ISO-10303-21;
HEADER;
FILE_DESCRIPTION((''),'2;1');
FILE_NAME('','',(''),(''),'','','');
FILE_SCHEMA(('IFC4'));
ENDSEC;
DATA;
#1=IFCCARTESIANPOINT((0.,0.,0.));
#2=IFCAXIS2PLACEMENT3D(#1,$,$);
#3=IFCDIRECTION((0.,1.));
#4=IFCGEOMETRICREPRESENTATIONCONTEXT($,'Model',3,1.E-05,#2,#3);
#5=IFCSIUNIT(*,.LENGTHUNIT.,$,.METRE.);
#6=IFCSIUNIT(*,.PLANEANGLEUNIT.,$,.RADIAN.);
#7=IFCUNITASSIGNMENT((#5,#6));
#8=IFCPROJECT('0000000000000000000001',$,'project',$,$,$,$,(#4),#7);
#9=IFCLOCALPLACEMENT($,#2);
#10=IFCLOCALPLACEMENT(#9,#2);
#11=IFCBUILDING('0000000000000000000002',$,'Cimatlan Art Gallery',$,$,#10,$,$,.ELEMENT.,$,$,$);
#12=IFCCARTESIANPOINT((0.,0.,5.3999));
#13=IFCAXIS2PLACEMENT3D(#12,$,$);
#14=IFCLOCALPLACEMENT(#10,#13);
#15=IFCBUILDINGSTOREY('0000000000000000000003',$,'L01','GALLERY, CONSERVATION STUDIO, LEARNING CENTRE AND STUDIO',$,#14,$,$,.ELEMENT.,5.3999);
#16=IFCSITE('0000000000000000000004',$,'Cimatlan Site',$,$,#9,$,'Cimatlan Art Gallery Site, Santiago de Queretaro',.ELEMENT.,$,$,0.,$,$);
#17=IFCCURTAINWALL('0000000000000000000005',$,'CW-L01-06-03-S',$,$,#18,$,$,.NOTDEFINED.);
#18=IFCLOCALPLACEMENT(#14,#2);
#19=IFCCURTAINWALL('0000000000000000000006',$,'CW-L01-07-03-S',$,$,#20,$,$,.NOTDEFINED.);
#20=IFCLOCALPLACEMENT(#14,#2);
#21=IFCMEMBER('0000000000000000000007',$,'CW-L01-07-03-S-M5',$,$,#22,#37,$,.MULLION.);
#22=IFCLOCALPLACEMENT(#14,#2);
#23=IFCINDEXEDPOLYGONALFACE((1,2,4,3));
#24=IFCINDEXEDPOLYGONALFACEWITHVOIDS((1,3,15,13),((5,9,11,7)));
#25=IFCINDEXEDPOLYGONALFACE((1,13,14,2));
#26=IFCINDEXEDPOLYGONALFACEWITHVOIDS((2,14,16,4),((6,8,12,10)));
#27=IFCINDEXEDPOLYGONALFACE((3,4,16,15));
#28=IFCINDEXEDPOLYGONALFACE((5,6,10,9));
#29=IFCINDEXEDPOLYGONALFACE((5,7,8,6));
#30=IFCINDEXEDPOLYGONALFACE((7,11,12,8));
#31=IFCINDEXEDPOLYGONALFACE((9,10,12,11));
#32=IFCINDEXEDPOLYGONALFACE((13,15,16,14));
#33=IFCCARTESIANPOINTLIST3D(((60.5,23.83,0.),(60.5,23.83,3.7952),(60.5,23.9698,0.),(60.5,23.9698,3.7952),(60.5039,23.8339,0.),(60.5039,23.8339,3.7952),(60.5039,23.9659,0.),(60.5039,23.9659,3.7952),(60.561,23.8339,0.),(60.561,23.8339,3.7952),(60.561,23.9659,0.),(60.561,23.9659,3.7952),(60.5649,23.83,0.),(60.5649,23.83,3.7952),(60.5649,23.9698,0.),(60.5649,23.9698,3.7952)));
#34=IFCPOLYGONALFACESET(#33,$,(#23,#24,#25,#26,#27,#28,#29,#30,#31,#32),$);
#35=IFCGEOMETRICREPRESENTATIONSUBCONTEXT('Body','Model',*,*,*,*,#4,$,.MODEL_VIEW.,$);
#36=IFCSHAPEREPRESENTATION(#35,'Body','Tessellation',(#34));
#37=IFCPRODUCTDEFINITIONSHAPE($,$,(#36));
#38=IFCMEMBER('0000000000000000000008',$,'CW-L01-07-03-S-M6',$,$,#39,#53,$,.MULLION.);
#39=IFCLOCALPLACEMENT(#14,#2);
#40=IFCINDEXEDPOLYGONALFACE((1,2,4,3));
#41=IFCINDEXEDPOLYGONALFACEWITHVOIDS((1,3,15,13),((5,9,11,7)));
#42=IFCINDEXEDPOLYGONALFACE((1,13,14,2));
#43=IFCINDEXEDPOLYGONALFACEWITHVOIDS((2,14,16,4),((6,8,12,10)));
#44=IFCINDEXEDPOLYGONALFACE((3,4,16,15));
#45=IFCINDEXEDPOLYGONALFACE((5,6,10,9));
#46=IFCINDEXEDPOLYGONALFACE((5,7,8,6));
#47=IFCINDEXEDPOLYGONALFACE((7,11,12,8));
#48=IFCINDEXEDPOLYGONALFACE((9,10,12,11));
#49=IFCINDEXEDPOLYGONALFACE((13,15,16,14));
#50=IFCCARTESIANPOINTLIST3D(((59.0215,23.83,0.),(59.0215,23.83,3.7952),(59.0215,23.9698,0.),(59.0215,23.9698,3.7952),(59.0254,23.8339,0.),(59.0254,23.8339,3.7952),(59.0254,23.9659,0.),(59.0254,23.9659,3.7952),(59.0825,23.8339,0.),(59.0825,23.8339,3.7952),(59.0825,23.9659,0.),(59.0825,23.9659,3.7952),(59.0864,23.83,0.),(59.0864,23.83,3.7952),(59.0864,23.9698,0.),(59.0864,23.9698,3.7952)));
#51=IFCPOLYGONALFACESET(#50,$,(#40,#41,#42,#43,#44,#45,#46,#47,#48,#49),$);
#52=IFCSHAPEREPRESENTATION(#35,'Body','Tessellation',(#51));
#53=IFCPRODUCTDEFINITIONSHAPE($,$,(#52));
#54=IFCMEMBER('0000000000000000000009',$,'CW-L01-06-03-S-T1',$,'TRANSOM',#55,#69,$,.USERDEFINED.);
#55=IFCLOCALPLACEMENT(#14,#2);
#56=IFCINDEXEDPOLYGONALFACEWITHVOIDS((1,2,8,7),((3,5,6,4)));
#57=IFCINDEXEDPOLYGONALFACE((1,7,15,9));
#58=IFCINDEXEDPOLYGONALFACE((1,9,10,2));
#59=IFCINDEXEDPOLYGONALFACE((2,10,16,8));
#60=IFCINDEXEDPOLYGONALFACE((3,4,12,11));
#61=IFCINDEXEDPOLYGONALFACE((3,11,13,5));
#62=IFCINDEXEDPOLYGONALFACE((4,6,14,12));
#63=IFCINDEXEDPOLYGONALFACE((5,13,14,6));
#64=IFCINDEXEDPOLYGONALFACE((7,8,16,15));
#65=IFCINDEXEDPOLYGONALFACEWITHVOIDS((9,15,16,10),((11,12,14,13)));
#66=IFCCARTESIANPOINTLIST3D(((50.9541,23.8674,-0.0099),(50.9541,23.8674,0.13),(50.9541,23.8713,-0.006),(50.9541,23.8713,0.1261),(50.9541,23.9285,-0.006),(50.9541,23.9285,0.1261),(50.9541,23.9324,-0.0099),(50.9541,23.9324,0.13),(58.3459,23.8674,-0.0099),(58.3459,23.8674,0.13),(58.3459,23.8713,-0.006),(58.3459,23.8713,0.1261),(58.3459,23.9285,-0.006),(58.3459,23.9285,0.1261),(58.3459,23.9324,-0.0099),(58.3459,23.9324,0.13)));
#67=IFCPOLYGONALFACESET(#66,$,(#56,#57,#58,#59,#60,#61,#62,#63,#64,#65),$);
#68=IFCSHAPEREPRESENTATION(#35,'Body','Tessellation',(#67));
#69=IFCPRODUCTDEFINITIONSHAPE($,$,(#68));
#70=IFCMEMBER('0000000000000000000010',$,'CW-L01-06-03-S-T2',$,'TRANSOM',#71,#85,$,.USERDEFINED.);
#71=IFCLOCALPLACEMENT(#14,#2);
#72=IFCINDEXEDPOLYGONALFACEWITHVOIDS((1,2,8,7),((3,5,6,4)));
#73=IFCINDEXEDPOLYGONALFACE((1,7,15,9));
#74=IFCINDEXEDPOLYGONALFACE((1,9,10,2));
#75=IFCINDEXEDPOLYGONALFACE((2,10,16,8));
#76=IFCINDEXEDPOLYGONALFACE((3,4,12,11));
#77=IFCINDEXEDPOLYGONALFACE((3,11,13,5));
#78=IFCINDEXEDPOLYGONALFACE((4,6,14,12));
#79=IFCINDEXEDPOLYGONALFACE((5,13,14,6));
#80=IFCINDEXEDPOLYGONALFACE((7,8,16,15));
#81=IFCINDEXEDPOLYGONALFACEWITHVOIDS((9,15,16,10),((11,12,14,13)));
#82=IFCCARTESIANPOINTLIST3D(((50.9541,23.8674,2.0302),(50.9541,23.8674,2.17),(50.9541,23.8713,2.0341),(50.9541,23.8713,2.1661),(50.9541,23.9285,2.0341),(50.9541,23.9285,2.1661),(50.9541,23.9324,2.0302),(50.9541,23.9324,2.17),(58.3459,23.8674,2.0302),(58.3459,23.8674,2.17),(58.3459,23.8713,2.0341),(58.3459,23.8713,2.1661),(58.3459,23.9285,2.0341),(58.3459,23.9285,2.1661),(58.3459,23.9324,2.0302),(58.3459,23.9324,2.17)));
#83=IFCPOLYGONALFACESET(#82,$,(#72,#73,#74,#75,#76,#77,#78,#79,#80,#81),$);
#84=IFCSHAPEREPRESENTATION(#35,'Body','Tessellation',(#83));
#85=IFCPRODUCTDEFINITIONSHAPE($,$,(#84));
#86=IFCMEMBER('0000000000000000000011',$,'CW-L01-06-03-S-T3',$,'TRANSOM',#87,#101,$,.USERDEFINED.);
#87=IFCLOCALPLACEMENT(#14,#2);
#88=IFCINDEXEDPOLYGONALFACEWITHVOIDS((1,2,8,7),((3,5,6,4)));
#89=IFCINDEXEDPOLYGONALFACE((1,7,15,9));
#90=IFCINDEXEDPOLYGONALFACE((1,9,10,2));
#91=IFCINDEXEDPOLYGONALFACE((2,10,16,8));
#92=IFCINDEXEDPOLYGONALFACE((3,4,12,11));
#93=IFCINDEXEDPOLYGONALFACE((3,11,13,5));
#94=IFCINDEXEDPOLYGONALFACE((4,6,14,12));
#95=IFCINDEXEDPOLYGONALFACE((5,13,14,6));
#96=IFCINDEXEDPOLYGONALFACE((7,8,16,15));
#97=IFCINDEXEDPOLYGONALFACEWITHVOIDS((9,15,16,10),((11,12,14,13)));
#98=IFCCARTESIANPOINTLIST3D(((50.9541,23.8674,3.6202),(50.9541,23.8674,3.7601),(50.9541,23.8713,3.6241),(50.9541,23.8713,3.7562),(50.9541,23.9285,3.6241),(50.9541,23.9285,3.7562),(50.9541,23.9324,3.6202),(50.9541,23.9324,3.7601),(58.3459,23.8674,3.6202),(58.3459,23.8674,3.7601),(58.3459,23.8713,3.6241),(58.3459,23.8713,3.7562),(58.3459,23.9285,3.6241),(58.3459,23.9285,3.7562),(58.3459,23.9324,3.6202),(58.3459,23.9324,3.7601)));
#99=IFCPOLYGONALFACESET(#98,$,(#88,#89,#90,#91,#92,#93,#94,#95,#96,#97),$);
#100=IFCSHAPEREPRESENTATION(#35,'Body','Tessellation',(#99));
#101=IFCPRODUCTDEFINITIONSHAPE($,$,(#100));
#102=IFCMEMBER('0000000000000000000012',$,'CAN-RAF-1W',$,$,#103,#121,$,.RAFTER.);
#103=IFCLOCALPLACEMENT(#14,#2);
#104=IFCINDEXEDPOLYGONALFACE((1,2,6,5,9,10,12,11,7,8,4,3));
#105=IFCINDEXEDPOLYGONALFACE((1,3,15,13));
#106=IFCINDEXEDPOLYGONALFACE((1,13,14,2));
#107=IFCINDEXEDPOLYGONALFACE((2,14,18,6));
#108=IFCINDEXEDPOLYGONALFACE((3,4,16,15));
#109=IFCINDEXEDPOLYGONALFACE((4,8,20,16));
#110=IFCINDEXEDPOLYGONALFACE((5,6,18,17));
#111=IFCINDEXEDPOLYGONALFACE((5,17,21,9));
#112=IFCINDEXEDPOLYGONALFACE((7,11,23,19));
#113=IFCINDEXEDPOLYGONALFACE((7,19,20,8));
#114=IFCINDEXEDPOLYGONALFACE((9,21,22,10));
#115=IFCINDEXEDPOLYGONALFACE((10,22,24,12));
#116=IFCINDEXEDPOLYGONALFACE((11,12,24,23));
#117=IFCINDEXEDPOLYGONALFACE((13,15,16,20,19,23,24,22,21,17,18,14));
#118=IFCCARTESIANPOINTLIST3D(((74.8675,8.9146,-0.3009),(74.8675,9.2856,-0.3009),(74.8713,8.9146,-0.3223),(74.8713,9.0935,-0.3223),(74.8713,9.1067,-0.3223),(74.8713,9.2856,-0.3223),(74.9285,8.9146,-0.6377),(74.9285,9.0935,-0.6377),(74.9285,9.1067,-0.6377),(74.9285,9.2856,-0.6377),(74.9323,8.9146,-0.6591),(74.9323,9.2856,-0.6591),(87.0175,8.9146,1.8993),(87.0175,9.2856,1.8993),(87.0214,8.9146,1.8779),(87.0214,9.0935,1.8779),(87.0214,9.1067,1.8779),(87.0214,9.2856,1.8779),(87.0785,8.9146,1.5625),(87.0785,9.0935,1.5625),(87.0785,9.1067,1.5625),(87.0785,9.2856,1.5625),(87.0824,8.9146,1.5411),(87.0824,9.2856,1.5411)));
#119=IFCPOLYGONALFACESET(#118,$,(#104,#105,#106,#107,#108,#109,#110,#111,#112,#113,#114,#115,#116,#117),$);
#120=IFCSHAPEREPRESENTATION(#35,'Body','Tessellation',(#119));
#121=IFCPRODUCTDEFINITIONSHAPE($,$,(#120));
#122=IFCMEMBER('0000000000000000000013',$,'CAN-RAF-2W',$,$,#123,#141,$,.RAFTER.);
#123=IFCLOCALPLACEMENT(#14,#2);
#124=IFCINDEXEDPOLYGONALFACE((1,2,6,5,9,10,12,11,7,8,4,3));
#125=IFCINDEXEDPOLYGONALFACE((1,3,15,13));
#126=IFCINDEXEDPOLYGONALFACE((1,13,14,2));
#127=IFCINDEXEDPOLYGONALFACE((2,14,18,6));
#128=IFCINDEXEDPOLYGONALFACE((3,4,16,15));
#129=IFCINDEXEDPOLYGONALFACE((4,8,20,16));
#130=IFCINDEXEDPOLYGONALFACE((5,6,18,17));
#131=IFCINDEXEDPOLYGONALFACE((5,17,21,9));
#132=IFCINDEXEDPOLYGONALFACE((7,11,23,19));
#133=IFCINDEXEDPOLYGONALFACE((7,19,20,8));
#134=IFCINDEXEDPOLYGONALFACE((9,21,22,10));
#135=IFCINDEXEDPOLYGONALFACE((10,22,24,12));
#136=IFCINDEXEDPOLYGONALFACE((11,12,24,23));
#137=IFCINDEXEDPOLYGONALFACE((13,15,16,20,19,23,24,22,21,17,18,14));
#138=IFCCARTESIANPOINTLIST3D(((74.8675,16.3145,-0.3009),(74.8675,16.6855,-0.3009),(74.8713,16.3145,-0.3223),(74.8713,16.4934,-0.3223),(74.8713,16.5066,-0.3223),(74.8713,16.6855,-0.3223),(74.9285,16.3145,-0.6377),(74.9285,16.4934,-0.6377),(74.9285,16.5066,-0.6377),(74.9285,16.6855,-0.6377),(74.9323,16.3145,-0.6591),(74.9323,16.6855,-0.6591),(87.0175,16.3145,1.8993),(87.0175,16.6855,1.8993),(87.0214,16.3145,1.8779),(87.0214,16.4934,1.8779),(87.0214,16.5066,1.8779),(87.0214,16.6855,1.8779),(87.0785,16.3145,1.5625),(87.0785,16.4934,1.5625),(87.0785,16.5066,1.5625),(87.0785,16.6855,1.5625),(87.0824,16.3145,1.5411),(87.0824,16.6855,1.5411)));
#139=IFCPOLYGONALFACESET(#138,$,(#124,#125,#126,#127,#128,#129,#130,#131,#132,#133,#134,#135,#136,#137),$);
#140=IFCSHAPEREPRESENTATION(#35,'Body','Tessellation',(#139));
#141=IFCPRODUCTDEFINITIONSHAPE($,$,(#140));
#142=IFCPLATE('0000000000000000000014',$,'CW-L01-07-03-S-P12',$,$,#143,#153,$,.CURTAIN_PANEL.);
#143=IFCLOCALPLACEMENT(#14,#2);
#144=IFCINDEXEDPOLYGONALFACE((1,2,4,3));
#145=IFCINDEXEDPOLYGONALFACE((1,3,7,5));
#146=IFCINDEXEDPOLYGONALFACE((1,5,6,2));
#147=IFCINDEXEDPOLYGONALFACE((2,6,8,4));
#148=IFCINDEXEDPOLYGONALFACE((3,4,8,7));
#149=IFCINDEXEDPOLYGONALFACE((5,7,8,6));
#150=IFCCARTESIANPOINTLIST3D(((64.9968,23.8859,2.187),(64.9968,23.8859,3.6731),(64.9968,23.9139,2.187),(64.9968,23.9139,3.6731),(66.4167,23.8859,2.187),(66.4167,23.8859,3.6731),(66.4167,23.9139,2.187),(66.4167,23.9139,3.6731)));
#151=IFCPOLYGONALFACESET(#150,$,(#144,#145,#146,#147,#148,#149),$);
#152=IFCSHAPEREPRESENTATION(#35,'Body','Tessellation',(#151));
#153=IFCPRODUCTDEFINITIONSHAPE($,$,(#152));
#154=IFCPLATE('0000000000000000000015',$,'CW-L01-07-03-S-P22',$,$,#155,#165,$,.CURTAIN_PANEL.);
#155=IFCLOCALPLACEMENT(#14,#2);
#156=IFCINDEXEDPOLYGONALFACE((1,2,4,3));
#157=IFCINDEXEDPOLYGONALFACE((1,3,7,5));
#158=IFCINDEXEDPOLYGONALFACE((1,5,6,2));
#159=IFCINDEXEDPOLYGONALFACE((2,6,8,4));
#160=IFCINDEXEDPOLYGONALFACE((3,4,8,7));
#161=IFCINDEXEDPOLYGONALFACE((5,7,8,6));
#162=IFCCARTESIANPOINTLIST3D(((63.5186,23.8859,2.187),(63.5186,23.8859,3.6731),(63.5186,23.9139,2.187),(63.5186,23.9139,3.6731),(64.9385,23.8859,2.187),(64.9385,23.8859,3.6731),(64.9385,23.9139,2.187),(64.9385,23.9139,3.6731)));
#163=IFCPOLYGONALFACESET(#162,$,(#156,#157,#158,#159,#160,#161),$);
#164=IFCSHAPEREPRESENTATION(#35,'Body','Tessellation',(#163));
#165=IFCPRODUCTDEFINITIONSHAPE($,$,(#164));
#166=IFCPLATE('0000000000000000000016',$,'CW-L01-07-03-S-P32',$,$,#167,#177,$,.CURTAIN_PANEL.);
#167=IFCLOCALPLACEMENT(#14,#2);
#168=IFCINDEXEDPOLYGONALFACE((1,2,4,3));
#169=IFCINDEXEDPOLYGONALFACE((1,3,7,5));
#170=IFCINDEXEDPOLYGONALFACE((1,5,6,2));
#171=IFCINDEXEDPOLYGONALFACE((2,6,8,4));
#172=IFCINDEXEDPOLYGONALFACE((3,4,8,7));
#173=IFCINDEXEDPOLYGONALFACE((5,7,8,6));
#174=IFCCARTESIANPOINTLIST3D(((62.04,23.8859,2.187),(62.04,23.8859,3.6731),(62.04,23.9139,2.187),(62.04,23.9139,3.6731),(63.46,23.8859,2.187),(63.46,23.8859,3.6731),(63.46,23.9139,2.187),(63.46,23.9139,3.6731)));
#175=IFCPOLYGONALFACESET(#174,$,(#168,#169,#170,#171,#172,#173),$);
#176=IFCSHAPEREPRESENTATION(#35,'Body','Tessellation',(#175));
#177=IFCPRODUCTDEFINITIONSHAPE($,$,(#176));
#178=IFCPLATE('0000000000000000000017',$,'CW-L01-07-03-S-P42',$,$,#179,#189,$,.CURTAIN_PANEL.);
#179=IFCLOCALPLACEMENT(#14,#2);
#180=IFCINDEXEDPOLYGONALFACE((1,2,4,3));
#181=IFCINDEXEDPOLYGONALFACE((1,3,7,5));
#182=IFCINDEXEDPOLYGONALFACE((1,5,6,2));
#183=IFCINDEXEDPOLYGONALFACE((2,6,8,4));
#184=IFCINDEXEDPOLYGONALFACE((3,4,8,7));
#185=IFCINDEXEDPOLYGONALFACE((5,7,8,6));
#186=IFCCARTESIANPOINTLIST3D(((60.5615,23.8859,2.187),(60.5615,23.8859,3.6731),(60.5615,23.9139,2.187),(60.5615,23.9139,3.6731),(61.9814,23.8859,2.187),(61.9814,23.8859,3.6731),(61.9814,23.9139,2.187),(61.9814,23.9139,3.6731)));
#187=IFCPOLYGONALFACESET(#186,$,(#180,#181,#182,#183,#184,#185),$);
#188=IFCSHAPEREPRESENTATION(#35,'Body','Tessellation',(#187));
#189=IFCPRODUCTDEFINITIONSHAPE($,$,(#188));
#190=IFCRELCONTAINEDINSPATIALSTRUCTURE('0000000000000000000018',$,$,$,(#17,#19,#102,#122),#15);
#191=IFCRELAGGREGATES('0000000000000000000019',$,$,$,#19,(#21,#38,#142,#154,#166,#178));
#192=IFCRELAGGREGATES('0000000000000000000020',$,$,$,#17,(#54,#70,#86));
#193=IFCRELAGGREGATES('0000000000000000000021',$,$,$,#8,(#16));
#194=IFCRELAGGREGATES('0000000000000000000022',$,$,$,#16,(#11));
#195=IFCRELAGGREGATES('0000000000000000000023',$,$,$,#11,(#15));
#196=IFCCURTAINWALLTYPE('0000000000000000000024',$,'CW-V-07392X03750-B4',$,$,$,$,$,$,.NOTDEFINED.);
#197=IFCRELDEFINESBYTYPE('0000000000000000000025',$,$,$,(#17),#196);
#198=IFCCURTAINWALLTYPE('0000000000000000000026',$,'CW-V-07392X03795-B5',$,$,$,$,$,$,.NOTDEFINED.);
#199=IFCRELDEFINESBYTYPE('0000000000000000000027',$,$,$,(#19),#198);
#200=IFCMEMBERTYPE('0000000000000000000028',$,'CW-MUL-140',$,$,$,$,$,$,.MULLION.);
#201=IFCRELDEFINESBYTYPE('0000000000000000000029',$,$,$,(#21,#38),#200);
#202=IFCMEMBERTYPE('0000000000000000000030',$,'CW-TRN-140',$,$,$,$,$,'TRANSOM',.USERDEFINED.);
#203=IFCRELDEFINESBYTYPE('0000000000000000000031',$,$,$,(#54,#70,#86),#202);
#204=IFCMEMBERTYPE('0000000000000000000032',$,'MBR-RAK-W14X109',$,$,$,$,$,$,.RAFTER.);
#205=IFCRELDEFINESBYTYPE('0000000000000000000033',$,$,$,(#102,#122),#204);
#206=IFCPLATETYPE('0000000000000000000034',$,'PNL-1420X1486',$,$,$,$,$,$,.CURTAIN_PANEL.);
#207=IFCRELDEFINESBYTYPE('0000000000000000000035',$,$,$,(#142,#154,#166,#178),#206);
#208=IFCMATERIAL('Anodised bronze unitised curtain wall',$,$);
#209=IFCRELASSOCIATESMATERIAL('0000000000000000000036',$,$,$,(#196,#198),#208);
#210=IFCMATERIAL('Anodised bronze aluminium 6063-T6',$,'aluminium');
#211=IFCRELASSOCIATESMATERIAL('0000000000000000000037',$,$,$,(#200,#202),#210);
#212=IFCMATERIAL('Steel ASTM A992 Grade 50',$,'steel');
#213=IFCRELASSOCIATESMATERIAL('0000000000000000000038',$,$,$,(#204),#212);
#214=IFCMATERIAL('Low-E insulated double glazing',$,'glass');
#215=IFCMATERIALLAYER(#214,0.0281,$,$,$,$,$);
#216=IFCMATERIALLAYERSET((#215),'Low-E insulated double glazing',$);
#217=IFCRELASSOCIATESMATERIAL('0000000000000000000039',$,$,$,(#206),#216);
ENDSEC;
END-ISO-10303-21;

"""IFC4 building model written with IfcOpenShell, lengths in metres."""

from ifc_helpers import new_model, si_unit, direction, frame, origin, origin_2d, place, context, subcontext, project, spatial, rectangle, hollow_rectangle, i_section, extrude, material, layer, layer_set, material_profile, profile_set, type_object, element, aggregate, save


model = new_model("IFC4")

# Units and contexts
model_context = context("Model", 3, precision=1e-05, world=origin(), true_north=direction((0.0, 1.0)))
body_context = subcontext(model_context, "Body", "Model", "MODEL_VIEW")
ifc_project = project(units=[si_unit("LENGTHUNIT", "METRE"), si_unit("PLANEANGLEUNIT", "RADIAN")], contexts=[model_context])

# Site, building, storey
site_placement = place(None, origin())
site = spatial("IfcSite", under=ifc_project, at=site_placement, Name="Cimatlan Site", LongName="Cimatlan Art Gallery Site, Santiago de Queretaro", CompositionType="ELEMENT", RefElevation=0.0)
building_placement = place(site_placement, origin())
building = spatial("IfcBuilding", under=site, at=building_placement, Name="Cimatlan Art Gallery", CompositionType="ELEMENT")
storey_placement = place(building_placement, frame((0.0, 0.0, 5.3999)))
storey = spatial("IfcBuildingStorey", under=building, at=storey_placement, Name="L01", Description="GALLERY, CONSERVATION STUDIO, LEARNING CENTRE AND STUDIO", CompositionType="ELEMENT", Elevation=5.3999)

# Curtain walls, members
ifc_material_1 = material(Name="Anodised bronze unitised curtain wall")
curtain_wall_type_1 = type_object("IfcCurtainWallType", Name="CW-V-07392X03750-B4", PredefinedType="NOTDEFINED", material=ifc_material_1)
curtain_wall_1_placement = place(storey_placement, origin())
curtain_wall_1 = element("IfcCurtainWall", 1, at=curtain_wall_1_placement, inside=storey, type_object=curtain_wall_type_1, Name="CW-L01-06-03-S", PredefinedType="NOTDEFINED")
ifc_material_2 = material(Name="Anodised bronze aluminium 6063-T6", Category="aluminium")
ifc_material_profile_1 = material_profile(ifc_material_2, hollow_rectangle(XDim=0.0649, YDim=0.1399, WallThickness=0.0039, at=origin_2d()), Name="ALU65X140X4")
ifc_profile_set_1 = profile_set([ifc_material_profile_1], Name="Anodised bronze aluminium 6063-T6")
member_type_1 = type_object("IfcMemberType", Name="CW-MUL-140", PredefinedType="MULLION", material=ifc_profile_set_1)
curtain_wall_type_2 = type_object("IfcCurtainWallType", Name="CW-V-07392X03795-B5", PredefinedType="NOTDEFINED", material=ifc_material_1)
curtain_wall_2_placement = place(storey_placement, origin())
curtain_wall_2 = element("IfcCurtainWall", 2, at=curtain_wall_2_placement, inside=storey, type_object=curtain_wall_type_2, Name="CW-L01-07-03-S", PredefinedType="NOTDEFINED")
member_1_placement = place(storey_placement, frame((60.5325, 23.8999, 0.0), z_axis=(0.0, 0.0, 1.0), x_axis=(1.0, 0.0, 0.0)))
member_1 = element("IfcMember", 3, at=member_1_placement, type_object=member_type_1, Name="CW-L01-07-03-S-M5", PredefinedType="MULLION", context=body_context, shape_type="SweptSolid", body=[
    extrude(hollow_rectangle(XDim=0.0649, YDim=0.1399, WallThickness=0.0039, at=origin_2d()), origin(), (0.0, 0.0, 1.0), 3.7952),
])
member_2_placement = place(storey_placement, frame((59.054, 23.8999, 0.0), z_axis=(0.0, 0.0, 1.0), x_axis=(1.0, 0.0, 0.0)))
member_2 = element("IfcMember", 4, at=member_2_placement, type_object=member_type_1, Name="CW-L01-07-03-S-M6", PredefinedType="MULLION", context=body_context, shape_type="SweptSolid", body=[
    extrude(hollow_rectangle(XDim=0.0649, YDim=0.1399, WallThickness=0.0039, at=origin_2d()), origin(), (0.0, 0.0, 1.0), 3.7952),
])

# Members
ifc_material_profile_2 = material_profile(ifc_material_2, hollow_rectangle(XDim=0.0649, YDim=0.1399, WallThickness=0.0039, at=origin_2d()), Name="ALU65X140X4")
ifc_profile_set_2 = profile_set([ifc_material_profile_2], Name="Anodised bronze aluminium 6063-T6")
member_type_2 = type_object("IfcMemberType", Name="CW-TRN-140", ElementType="TRANSOM", PredefinedType="USERDEFINED", material=ifc_profile_set_2)
member_3_placement = place(storey_placement, frame((58.3459, 23.8999, 0.0601), z_axis=(-1.0, 0.0, 0.0), x_axis=(0.0, -1.0, 0.0)))
member_3 = element("IfcMember", 5, at=member_3_placement, type_object=member_type_2, Name="CW-L01-06-03-S-T1", ObjectType="TRANSOM", PredefinedType="USERDEFINED", context=body_context, shape_type="SweptSolid", body=[
    extrude(hollow_rectangle(XDim=0.0649, YDim=0.1399, WallThickness=0.0039, at=origin_2d()), origin(), (0.0, 0.0, 1.0), 7.3918),
])
member_4_placement = place(storey_placement, frame((58.3459, 23.8999, 2.1001), z_axis=(-1.0, 0.0, 0.0), x_axis=(0.0, -1.0, 0.0)))
member_4 = element("IfcMember", 6, at=member_4_placement, type_object=member_type_2, Name="CW-L01-06-03-S-T2", ObjectType="TRANSOM", PredefinedType="USERDEFINED", context=body_context, shape_type="SweptSolid", body=[
    extrude(hollow_rectangle(XDim=0.0649, YDim=0.1399, WallThickness=0.0039, at=origin_2d()), origin(), (0.0, 0.0, 1.0), 7.3918),
])
member_5_placement = place(storey_placement, frame((58.3459, 23.8999, 3.6902), z_axis=(-1.0, 0.0, 0.0), x_axis=(0.0, -1.0, 0.0)))
member_5 = element("IfcMember", 7, at=member_5_placement, type_object=member_type_2, Name="CW-L01-06-03-S-T3", ObjectType="TRANSOM", PredefinedType="USERDEFINED", context=body_context, shape_type="SweptSolid", body=[
    extrude(hollow_rectangle(XDim=0.0649, YDim=0.1399, WallThickness=0.0039, at=origin_2d()), origin(), (0.0, 0.0, 1.0), 7.3918),
])

# Members
ifc_material_3 = material(Name="Steel ASTM A992 Grade 50", Category="steel")
ifc_material_profile_3 = material_profile(ifc_material_3, i_section(OverallWidth=0.3711, OverallDepth=0.364, WebThickness=0.0132, FlangeThickness=0.0217, at=origin_2d()), Name="W14X109")
ifc_profile_set_3 = profile_set([ifc_material_profile_3], Name="Steel ASTM A992 Grade 50")
member_type_3 = type_object("IfcMemberType", Name="MBR-RAK-W14X109", PredefinedType="RAFTER", material=ifc_profile_set_3)
for number, where, z_axis, x_axis, name in (
    (8, (74.8999, 9.1001, -0.48), (0.983997, 0.0, 0.178186), (0.0, 1.0, 0.0), "CAN-RAF-1W"),
    (9, (74.8999, 16.5, -0.48), (0.983997, 0.0, 0.178186), (0.0, 1.0, 0.0), "CAN-RAF-2W"),
):
    element("IfcMember", number, at=place(storey_placement, frame(where, z_axis=z_axis, x_axis=x_axis)), inside=storey, type_object=member_type_3, Name=name, PredefinedType="RAFTER", context=body_context, shape_type="SweptSolid", body=[
        extrude(i_section(OverallWidth=0.3711, OverallDepth=0.364, WebThickness=0.0132, FlangeThickness=0.0217, at=origin_2d()), origin(), (0.0, 0.0, 1.0), 12.3477),
    ])

# Plates
ifc_material_4 = material(Name="Low-E insulated double glazing", Category="glass")
ifc_layer_1 = layer(ifc_material_4, 0.0281)
ifc_layer_set_1 = layer_set([ifc_layer_1], Name="Low-E insulated double glazing")
plate_type_1 = type_object("IfcPlateType", Name="PNL-1420X1486", PredefinedType="CURTAIN_PANEL", material=ifc_layer_set_1)
plate_1_placement = place(storey_placement, frame((65.7068, 23.8999, 2.187), z_axis=(0.0, 0.0, 1.0), x_axis=(-1.0, 0.0, 0.0)))
plate_1 = element("IfcPlate", 10, at=plate_1_placement, type_object=plate_type_1, Name="CW-L01-07-03-S-P12", PredefinedType="CURTAIN_PANEL", context=body_context, shape_type="SweptSolid", body=[
    extrude(rectangle(XDim=1.4199, YDim=0.0281, at=origin_2d()), origin(), (0.0, 0.0, 1.0), 1.4861),
])
plate_2_placement = place(storey_placement, frame((64.2285, 23.8999, 2.187), z_axis=(0.0, 0.0, 1.0), x_axis=(-1.0, 0.0, 0.0)))
plate_2 = element("IfcPlate", 11, at=plate_2_placement, type_object=plate_type_1, Name="CW-L01-07-03-S-P22", PredefinedType="CURTAIN_PANEL", context=body_context, shape_type="SweptSolid", body=[
    extrude(rectangle(XDim=1.4199, YDim=0.0281, at=origin_2d()), origin(), (0.0, 0.0, 1.0), 1.4861),
])
plate_3_placement = place(storey_placement, frame((62.75, 23.8999, 2.187), z_axis=(0.0, 0.0, 1.0), x_axis=(-1.0, 0.0, 0.0)))
plate_3 = element("IfcPlate", 12, at=plate_3_placement, type_object=plate_type_1, Name="CW-L01-07-03-S-P32", PredefinedType="CURTAIN_PANEL", context=body_context, shape_type="SweptSolid", body=[
    extrude(rectangle(XDim=1.4199, YDim=0.0281, at=origin_2d()), origin(), (0.0, 0.0, 1.0), 1.4861),
])
plate_4_placement = place(storey_placement, frame((61.2715, 23.8999, 2.187), z_axis=(0.0, 0.0, 1.0), x_axis=(-1.0, 0.0, 0.0)))
plate_4 = element("IfcPlate", 13, at=plate_4_placement, type_object=plate_type_1, Name="CW-L01-07-03-S-P42", PredefinedType="CURTAIN_PANEL", context=body_context, shape_type="SweptSolid", body=[
    extrude(rectangle(XDim=1.4199, YDim=0.0281, at=origin_2d()), origin(), (0.0, 0.0, 1.0), 1.4861),
])
aggregate(curtain_wall_2, [member_1, member_2, plate_1, plate_2, plate_3, plate_4])
aggregate(curtain_wall_1, [member_3, member_4, member_5])

save(model, "model.ifc")
